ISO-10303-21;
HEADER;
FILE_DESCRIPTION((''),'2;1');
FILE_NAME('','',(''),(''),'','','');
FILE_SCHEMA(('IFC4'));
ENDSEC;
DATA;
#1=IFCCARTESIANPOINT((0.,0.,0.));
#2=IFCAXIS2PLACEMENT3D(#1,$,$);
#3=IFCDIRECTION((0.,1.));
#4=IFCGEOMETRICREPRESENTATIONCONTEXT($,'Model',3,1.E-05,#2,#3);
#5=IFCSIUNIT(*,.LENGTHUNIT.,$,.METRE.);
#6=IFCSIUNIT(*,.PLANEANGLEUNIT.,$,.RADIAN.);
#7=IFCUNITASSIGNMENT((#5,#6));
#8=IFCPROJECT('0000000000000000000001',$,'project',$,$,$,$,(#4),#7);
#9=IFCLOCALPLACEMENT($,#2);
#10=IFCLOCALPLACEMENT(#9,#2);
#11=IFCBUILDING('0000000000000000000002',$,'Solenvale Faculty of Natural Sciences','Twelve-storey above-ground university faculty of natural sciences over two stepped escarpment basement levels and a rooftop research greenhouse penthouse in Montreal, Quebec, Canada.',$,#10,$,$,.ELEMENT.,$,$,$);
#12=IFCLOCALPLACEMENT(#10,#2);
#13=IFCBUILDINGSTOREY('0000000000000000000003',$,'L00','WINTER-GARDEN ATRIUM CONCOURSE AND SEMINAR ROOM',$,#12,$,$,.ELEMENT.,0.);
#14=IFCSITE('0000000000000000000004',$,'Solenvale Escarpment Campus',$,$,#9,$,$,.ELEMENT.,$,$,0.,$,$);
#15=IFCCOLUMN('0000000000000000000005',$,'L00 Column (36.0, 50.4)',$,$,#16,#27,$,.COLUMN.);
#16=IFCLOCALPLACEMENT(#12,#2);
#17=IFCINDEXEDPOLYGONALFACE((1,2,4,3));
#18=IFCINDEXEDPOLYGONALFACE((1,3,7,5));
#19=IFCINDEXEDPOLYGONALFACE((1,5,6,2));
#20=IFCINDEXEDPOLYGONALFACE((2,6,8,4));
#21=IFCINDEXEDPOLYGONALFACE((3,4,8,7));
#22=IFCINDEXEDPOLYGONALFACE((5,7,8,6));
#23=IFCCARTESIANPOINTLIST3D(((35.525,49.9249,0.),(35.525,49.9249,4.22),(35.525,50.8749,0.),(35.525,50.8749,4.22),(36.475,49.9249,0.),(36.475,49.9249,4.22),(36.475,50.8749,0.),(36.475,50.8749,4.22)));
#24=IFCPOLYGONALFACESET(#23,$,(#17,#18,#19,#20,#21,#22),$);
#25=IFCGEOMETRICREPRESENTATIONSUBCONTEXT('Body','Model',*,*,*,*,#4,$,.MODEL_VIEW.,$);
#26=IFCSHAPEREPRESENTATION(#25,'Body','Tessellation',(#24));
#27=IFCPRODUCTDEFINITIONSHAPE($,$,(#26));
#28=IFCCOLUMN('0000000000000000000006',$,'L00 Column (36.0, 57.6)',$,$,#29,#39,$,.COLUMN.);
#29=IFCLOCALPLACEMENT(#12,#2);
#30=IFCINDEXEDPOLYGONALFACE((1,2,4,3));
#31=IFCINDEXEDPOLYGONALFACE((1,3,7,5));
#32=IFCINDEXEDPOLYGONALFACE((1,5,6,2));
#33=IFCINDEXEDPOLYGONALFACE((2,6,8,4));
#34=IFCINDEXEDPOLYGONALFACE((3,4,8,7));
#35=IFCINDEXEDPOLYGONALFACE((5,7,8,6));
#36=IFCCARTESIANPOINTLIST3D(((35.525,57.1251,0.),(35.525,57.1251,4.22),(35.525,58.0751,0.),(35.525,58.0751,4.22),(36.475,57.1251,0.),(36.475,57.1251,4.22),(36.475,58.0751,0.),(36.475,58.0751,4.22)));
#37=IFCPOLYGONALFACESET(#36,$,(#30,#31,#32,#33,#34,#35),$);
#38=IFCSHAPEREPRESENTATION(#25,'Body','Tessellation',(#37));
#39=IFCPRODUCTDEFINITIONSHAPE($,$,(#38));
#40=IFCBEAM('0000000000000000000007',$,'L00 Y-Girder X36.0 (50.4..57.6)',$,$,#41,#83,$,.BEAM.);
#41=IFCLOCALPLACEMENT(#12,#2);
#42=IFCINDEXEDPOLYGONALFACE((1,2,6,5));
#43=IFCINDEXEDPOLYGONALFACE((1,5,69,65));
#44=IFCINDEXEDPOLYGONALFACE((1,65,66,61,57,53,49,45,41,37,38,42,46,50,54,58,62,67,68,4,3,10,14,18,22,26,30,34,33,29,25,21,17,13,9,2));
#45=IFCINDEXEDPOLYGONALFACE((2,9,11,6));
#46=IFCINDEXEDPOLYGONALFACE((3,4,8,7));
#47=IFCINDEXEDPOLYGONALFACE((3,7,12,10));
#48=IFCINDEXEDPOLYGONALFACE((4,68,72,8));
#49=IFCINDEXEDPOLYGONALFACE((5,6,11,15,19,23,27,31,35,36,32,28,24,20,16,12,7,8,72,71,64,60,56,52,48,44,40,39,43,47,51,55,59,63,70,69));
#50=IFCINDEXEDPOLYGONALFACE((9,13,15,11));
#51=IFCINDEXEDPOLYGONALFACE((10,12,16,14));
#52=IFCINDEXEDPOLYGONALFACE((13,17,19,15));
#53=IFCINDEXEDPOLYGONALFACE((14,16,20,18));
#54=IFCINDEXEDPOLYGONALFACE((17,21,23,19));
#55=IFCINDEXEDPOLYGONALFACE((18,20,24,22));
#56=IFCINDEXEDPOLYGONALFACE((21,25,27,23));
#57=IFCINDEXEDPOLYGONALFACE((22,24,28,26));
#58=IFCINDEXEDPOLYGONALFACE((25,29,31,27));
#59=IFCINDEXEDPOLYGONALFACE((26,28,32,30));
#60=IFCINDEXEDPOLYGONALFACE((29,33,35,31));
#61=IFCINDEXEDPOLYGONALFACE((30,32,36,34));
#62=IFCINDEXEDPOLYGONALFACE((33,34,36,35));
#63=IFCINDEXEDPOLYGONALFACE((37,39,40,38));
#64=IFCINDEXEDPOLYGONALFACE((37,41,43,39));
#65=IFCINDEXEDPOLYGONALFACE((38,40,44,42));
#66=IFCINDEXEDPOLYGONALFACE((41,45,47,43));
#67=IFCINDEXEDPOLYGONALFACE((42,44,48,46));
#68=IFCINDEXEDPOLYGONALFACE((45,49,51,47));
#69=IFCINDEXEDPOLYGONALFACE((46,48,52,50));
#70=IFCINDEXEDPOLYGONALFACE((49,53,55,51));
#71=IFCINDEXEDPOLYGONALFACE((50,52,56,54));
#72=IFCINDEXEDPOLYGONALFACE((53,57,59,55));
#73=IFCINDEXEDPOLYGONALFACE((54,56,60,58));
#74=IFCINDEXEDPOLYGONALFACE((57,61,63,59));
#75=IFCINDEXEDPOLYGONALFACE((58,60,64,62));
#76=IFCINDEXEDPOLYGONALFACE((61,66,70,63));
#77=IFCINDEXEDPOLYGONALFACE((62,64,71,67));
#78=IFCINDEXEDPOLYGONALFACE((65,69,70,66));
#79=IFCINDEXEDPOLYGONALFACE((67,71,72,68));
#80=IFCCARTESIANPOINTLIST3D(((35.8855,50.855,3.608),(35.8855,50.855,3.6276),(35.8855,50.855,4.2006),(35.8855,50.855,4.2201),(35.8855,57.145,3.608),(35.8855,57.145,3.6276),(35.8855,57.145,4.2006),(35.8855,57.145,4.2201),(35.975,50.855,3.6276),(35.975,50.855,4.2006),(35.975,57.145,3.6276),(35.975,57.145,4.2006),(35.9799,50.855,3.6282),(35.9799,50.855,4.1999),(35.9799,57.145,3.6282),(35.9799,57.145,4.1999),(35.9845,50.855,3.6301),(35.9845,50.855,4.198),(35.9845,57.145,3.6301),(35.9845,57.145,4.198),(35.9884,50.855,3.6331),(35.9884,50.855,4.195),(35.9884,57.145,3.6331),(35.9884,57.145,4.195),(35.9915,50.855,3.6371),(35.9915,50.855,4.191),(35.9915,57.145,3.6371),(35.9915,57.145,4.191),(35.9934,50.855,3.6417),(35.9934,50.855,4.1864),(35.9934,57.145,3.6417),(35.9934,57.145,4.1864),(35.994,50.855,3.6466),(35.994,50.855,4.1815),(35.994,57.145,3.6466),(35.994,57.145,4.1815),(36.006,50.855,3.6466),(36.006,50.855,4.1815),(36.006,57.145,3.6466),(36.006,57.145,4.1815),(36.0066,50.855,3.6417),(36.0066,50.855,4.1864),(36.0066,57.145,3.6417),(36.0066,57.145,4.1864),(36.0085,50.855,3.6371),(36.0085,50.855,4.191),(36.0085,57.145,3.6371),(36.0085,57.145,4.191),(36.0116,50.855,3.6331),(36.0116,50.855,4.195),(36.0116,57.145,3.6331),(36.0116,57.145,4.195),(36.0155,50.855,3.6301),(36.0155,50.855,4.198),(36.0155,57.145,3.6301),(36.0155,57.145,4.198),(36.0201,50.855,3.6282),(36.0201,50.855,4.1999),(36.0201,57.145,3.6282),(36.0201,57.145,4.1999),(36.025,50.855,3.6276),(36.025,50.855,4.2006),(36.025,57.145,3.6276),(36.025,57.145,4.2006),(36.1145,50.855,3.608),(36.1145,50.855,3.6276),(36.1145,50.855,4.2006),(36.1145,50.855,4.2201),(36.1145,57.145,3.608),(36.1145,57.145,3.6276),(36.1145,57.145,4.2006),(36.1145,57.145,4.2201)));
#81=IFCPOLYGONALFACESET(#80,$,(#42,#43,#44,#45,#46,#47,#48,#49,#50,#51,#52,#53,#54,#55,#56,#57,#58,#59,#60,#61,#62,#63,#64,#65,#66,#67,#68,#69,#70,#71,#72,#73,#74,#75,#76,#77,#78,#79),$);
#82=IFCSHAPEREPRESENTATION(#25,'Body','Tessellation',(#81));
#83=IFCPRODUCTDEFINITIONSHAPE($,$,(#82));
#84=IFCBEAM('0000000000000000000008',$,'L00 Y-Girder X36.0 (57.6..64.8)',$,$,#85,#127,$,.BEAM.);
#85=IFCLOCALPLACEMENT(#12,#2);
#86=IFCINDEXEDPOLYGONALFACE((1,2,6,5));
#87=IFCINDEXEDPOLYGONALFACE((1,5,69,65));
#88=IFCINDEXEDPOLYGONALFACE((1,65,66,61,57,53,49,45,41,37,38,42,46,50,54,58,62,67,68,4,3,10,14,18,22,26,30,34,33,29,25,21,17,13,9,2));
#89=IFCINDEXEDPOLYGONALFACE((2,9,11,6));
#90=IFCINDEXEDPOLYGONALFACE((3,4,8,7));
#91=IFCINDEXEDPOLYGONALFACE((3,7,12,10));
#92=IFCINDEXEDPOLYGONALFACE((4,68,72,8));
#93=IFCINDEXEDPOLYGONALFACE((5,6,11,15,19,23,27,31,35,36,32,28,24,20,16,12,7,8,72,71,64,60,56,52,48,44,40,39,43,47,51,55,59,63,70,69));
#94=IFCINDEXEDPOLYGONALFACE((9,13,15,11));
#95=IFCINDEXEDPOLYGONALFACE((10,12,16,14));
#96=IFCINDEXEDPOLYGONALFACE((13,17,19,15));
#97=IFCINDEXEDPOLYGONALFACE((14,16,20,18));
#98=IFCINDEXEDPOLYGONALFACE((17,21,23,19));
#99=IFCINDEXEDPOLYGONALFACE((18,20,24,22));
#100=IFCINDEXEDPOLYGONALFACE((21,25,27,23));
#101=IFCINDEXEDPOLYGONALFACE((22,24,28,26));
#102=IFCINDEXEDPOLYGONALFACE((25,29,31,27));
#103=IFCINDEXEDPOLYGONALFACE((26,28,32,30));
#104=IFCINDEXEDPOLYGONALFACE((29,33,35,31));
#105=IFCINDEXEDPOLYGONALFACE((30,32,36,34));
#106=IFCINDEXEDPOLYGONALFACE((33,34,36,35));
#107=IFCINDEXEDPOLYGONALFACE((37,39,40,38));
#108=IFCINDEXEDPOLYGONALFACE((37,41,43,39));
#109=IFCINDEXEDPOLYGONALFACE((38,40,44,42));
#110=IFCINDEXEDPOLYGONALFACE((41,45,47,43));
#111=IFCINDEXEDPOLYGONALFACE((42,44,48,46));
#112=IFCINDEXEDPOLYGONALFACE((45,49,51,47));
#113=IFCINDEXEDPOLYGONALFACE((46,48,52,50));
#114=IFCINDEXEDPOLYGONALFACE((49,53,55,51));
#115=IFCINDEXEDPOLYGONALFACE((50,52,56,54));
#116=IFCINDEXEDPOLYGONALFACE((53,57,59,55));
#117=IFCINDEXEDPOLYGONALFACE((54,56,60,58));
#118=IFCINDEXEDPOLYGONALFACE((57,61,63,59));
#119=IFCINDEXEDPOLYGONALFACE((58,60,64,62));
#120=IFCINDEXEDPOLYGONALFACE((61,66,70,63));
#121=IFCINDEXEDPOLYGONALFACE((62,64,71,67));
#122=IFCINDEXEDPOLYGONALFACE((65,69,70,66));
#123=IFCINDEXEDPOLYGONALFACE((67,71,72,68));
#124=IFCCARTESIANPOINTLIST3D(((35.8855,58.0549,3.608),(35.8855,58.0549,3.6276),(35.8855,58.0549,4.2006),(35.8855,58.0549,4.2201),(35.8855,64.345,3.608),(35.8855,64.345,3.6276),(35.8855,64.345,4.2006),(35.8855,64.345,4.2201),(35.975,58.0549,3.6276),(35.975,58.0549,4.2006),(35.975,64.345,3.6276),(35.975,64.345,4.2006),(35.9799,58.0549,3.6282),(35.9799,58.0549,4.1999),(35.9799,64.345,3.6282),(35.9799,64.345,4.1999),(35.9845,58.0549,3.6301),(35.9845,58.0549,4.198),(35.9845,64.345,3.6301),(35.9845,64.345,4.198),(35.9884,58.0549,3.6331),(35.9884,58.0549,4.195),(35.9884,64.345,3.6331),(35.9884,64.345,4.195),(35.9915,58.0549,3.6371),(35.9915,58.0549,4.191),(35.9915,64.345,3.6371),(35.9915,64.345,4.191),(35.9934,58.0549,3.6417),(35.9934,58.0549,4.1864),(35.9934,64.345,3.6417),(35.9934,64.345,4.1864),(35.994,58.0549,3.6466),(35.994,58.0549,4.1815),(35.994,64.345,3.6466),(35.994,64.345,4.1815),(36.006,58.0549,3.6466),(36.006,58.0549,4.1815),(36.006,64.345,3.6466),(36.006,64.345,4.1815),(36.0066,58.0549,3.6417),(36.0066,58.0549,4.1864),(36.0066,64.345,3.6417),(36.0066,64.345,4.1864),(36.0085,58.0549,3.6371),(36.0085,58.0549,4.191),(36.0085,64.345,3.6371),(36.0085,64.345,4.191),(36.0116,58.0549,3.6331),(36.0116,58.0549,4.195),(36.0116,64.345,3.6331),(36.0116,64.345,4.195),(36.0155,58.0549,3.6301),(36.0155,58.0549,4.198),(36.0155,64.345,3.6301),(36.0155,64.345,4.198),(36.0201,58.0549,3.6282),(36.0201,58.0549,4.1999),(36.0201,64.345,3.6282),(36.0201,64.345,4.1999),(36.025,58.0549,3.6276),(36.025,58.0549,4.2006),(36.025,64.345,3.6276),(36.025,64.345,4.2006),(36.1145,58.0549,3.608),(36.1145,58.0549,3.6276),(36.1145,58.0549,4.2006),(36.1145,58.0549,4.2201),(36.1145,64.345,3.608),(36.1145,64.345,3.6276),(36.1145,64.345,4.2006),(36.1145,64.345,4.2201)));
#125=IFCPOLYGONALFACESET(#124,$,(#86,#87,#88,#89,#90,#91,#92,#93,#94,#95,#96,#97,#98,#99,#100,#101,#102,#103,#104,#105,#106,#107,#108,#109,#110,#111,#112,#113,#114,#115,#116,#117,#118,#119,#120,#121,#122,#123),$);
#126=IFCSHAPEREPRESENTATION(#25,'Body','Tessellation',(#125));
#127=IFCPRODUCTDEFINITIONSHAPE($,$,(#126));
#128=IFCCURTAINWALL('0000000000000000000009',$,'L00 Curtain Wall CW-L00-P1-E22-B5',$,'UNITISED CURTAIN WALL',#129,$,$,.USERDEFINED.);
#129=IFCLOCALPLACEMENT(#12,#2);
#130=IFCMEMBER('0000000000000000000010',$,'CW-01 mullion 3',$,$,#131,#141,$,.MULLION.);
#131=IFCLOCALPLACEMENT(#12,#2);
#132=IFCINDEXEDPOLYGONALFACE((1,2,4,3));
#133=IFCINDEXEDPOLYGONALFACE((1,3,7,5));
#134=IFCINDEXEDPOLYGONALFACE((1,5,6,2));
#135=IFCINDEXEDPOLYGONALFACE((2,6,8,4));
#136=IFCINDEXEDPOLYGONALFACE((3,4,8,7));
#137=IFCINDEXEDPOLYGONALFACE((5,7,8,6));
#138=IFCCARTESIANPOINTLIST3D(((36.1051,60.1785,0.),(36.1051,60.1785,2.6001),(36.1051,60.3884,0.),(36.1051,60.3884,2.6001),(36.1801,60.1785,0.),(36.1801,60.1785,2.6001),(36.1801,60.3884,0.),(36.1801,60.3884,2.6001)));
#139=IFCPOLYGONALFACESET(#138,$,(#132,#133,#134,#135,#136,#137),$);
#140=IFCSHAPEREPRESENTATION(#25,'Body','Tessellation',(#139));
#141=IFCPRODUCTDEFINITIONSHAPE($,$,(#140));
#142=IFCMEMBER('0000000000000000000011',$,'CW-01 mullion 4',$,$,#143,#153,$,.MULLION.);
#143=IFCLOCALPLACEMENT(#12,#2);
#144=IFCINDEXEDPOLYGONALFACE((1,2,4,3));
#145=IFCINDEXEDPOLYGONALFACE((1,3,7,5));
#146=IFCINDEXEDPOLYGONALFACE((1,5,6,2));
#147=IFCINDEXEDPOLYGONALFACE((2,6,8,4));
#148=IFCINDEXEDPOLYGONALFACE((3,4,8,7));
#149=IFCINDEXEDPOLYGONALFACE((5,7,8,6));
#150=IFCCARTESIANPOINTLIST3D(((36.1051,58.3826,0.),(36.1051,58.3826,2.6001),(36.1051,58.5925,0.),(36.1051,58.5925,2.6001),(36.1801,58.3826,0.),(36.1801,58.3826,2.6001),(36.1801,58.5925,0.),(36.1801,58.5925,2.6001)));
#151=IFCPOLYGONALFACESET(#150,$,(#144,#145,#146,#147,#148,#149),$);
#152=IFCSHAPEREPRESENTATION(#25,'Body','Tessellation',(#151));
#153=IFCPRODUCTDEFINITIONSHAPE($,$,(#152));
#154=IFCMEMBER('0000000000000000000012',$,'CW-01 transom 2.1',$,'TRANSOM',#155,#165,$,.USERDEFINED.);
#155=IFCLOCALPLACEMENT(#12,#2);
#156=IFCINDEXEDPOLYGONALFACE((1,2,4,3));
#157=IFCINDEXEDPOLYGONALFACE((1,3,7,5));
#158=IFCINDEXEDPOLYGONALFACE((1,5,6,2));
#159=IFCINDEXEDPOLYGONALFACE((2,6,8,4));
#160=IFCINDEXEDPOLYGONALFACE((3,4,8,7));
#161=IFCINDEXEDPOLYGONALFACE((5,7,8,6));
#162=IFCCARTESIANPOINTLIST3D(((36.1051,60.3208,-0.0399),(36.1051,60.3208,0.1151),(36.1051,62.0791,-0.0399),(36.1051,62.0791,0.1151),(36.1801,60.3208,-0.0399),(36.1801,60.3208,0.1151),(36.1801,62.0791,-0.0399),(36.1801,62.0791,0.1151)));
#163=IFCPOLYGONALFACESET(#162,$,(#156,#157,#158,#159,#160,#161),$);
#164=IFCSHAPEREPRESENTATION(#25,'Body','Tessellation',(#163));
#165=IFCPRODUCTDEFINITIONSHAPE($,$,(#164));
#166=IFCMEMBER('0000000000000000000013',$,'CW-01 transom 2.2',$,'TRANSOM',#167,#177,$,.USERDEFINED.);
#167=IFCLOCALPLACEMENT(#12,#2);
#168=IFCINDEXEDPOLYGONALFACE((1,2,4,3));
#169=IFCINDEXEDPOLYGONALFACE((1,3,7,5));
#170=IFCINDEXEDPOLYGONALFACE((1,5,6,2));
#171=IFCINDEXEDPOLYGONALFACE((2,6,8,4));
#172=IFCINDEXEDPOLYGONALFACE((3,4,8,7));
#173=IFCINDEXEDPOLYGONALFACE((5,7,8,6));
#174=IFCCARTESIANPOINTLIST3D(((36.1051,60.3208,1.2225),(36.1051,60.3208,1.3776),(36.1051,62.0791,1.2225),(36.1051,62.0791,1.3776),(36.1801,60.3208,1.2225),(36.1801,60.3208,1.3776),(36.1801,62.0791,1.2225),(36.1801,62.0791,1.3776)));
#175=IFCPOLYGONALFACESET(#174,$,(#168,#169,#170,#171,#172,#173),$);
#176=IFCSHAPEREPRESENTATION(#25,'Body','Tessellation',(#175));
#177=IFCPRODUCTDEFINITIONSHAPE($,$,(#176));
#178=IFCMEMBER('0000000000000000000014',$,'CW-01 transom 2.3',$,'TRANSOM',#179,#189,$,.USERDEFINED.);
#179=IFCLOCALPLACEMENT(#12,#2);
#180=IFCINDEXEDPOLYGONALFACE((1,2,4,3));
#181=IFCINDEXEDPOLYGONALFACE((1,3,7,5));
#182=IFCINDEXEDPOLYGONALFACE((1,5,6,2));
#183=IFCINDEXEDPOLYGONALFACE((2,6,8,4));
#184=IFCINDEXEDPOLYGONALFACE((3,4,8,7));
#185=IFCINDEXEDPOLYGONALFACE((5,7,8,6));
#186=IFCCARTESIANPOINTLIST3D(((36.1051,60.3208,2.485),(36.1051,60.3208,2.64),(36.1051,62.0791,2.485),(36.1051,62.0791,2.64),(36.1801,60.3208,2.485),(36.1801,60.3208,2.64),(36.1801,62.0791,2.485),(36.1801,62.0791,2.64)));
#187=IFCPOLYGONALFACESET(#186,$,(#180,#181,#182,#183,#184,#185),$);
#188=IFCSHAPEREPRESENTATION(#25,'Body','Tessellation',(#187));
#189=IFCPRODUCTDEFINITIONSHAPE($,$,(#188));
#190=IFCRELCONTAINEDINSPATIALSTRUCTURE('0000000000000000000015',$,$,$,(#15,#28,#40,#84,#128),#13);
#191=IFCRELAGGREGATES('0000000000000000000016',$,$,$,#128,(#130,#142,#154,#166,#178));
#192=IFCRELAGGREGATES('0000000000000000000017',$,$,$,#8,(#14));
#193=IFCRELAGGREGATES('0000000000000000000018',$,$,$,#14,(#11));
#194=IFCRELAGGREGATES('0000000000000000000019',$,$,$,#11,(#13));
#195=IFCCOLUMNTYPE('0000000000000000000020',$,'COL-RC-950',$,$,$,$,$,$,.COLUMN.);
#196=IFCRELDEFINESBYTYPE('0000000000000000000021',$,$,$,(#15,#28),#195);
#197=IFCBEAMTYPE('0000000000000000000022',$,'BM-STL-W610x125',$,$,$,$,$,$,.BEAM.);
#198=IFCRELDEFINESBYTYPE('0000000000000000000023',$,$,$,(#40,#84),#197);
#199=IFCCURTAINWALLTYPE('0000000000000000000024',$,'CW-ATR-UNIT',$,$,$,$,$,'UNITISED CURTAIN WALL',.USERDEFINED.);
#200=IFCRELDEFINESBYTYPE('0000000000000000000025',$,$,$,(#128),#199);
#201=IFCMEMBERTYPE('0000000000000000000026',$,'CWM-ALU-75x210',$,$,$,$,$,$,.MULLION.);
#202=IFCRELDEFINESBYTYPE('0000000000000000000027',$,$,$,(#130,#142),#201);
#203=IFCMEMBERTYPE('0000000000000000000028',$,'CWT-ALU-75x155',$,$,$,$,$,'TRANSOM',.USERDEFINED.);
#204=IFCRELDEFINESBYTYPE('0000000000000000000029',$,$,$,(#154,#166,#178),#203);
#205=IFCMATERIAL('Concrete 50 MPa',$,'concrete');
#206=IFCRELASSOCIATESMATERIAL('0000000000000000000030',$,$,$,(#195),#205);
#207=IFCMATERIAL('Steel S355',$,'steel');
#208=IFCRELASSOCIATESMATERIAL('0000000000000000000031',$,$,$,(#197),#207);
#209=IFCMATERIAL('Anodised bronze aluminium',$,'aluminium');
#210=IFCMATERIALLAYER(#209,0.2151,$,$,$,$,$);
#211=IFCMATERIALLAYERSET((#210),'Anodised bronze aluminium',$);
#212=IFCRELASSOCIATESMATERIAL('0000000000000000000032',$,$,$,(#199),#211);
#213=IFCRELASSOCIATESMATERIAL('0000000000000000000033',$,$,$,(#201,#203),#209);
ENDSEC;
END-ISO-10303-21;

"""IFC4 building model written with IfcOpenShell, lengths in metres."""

from ifc_helpers import new_model, si_unit, direction, frame, origin, origin_2d, place, context, subcontext, project, spatial, rectangle, i_section, extrude, material, layer, layer_set, material_profile, profile_set, type_object, element, aggregate, save


model = new_model("IFC4")

# Units and contexts
model_context = context("Model", 3, precision=1e-05, world=origin(), true_north=direction((0.0, 1.0)))
body_context = subcontext(model_context, "Body", "Model", "MODEL_VIEW")
ifc_project = project(units=[si_unit("LENGTHUNIT", "METRE"), si_unit("PLANEANGLEUNIT", "RADIAN")], contexts=[model_context])

# Site, building, storey
site_placement = place(None, origin())
site = spatial("IfcSite", under=ifc_project, at=site_placement, Name="Solenvale Escarpment Campus", CompositionType="ELEMENT", RefElevation=0.0)
building_placement = place(site_placement, origin())
building = spatial("IfcBuilding", under=site, at=building_placement, Name="Solenvale Faculty of Natural Sciences", Description="Twelve-storey above-ground university faculty of natural sciences over two stepped escarpment basement levels and a rooftop research greenhouse penthouse in Montreal, Quebec, Canada.", CompositionType="ELEMENT")
storey_placement = place(building_placement, origin())
storey = spatial("IfcBuildingStorey", under=building, at=storey_placement, Name="L00", Description="WINTER-GARDEN ATRIUM CONCOURSE AND SEMINAR ROOM", CompositionType="ELEMENT", Elevation=0.0)

# Columns
ifc_material_1 = material(Name="Concrete 50 MPa", Category="concrete")
ifc_material_profile_1 = material_profile(ifc_material_1, rectangle(XDim=0.95, YDim=0.95, at=origin_2d()), Name="RC-COL-950x950")
ifc_profile_set_1 = profile_set([ifc_material_profile_1], Name="Concrete 50 MPa")
column_type = type_object("IfcColumnType", Name="COL-RC-950", PredefinedType="COLUMN", material=ifc_profile_set_1)
for number, where, z_axis, x_axis, name in (
    (1, (36.0, 50.3999, 0.0), (0.0, 0.0, 1.0), (1.0, 0.0, 0.0), "L00 Column (36.0, 50.4)"),
    (2, (36.0, 57.6001, 0.0), (0.0, 0.0, 1.0), (1.0, 0.0, 0.0), "L00 Column (36.0, 57.6)"),
):
    element("IfcColumn", number, at=place(storey_placement, frame(where, z_axis=z_axis, x_axis=x_axis)), inside=storey, type_object=column_type, Name=name, PredefinedType="COLUMN", context=body_context, shape_type="SweptSolid", body=[
        extrude(rectangle(XDim=0.95, YDim=0.95, at=origin_2d()), origin(), (0.0, 0.0, 1.0), 4.22),
    ])

# Beams
ifc_material_2 = material(Name="Steel S355", Category="steel")
ifc_material_profile_2 = material_profile(ifc_material_2, i_section(OverallWidth=0.229, OverallDepth=0.6121, WebThickness=0.012, FlangeThickness=0.0195, FilletRadius=0.019, at=origin_2d()), Name="W610x125")
ifc_profile_set_2 = profile_set([ifc_material_profile_2], Name="Steel S355")
beam_type = type_object("IfcBeamType", Name="BM-STL-W610x125", PredefinedType="BEAM", material=ifc_profile_set_2)
for number, where, z_axis, x_axis, name in (
    (3, (36.0, 50.855, 3.9141), (0.0, 1.0, 0.0), (-1.0, 0.0, 0.0), "L00 Y-Girder X36.0 (50.4..57.6)"),
    (4, (36.0, 58.0549, 3.9141), (0.0, 1.0, 0.0), (-1.0, 0.0, 0.0), "L00 Y-Girder X36.0 (57.6..64.8)"),
):
    element("IfcBeam", number, at=place(storey_placement, frame(where, z_axis=z_axis, x_axis=x_axis)), inside=storey, type_object=beam_type, Name=name, PredefinedType="BEAM", context=body_context, shape_type="SweptSolid", body=[
        extrude(i_section(OverallWidth=0.229, OverallDepth=0.6121, WebThickness=0.012, FlangeThickness=0.0195, FilletRadius=0.019, at=origin_2d()), origin(), (0.0, 0.0, 1.0), 6.29),
    ])

# Curtain wall, members
ifc_material_3 = material(Name="Anodised bronze aluminium", Category="aluminium")
ifc_layer_1 = layer(ifc_material_3, 0.2151)
ifc_layer_set_1 = layer_set([ifc_layer_1], Name="Anodised bronze aluminium")
curtain_wall_type = type_object("IfcCurtainWallType", Name="CW-ATR-UNIT", ElementType="UNITISED CURTAIN WALL", PredefinedType="USERDEFINED", material=ifc_layer_set_1)
curtain_wall_placement = place(storey_placement, origin())
curtain_wall = element("IfcCurtainWall", 5, at=curtain_wall_placement, inside=storey, type_object=curtain_wall_type, Name="L00 Curtain Wall CW-L00-P1-E22-B5", ObjectType="UNITISED CURTAIN WALL", PredefinedType="USERDEFINED")
ifc_material_profile_3 = material_profile(ifc_material_3, rectangle(XDim=0.075, YDim=0.21, at=origin_2d()), Name="ALU-MUL-75x210")
ifc_profile_set_3 = profile_set([ifc_material_profile_3], Name="Anodised bronze aluminium")
member_type_1 = type_object("IfcMemberType", Name="CWM-ALU-75x210", PredefinedType="MULLION", material=ifc_profile_set_3)
member_1_placement = place(storey_placement, frame((36.1426, 60.2834, 0.0), z_axis=(0.0, 0.0, 1.0), x_axis=(1.0, 0.0, 0.0)))
member_1 = element("IfcMember", 6, at=member_1_placement, type_object=member_type_1, Name="CW-01 mullion 3", PredefinedType="MULLION", context=body_context, shape_type="SweptSolid", body=[
    extrude(rectangle(XDim=0.075, YDim=0.21, at=origin_2d()), origin(), (0.0, 0.0, 1.0), 2.6001),
])
member_2_placement = place(storey_placement, frame((36.1426, 58.4875, 0.0), z_axis=(0.0, 0.0, 1.0), x_axis=(1.0, 0.0, 0.0)))
member_2 = element("IfcMember", 7, at=member_2_placement, type_object=member_type_1, Name="CW-01 mullion 4", PredefinedType="MULLION", context=body_context, shape_type="SweptSolid", body=[
    extrude(rectangle(XDim=0.075, YDim=0.21, at=origin_2d()), origin(), (0.0, 0.0, 1.0), 2.6001),
])
ifc_material_profile_4 = material_profile(ifc_material_3, rectangle(XDim=0.075, YDim=0.155, at=origin_2d()), Name="ALU-TRN-75x155")
ifc_profile_set_4 = profile_set([ifc_material_profile_4], Name="Anodised bronze aluminium")
member_type_2 = type_object("IfcMemberType", Name="CWT-ALU-75x155", ElementType="TRANSOM", PredefinedType="USERDEFINED", material=ifc_profile_set_4)
member_3_placement = place(storey_placement, frame((36.1426, 62.0791, 0.0376), z_axis=(0.0, -1.0, 0.0), x_axis=(1.0, 0.0, 0.0)))
member_3 = element("IfcMember", 8, at=member_3_placement, type_object=member_type_2, Name="CW-01 transom 2.1", ObjectType="TRANSOM", PredefinedType="USERDEFINED", context=body_context, shape_type="SweptSolid", body=[
    extrude(rectangle(XDim=0.075, YDim=0.155, at=origin_2d()), origin(), (0.0, 0.0, 1.0), 1.7583),
])
member_4_placement = place(storey_placement, frame((36.1426, 62.0791, 1.3), z_axis=(0.0, -1.0, 0.0), x_axis=(1.0, 0.0, 0.0)))
member_4 = element("IfcMember", 9, at=member_4_placement, type_object=member_type_2, Name="CW-01 transom 2.2", ObjectType="TRANSOM", PredefinedType="USERDEFINED", context=body_context, shape_type="SweptSolid", body=[
    extrude(rectangle(XDim=0.075, YDim=0.155, at=origin_2d()), origin(), (0.0, 0.0, 1.0), 1.7583),
])
member_5_placement = place(storey_placement, frame((36.1426, 62.0791, 2.5625), z_axis=(0.0, -1.0, 0.0), x_axis=(1.0, 0.0, 0.0)))
member_5 = element("IfcMember", 10, at=member_5_placement, type_object=member_type_2, Name="CW-01 transom 2.3", ObjectType="TRANSOM", PredefinedType="USERDEFINED", context=body_context, shape_type="SweptSolid", body=[
    extrude(rectangle(XDim=0.075, YDim=0.155, at=origin_2d()), origin(), (0.0, 0.0, 1.0), 1.7583),
])
aggregate(curtain_wall, [member_1, member_2, member_3, member_4, member_5])

save(model, "model.ifc")
